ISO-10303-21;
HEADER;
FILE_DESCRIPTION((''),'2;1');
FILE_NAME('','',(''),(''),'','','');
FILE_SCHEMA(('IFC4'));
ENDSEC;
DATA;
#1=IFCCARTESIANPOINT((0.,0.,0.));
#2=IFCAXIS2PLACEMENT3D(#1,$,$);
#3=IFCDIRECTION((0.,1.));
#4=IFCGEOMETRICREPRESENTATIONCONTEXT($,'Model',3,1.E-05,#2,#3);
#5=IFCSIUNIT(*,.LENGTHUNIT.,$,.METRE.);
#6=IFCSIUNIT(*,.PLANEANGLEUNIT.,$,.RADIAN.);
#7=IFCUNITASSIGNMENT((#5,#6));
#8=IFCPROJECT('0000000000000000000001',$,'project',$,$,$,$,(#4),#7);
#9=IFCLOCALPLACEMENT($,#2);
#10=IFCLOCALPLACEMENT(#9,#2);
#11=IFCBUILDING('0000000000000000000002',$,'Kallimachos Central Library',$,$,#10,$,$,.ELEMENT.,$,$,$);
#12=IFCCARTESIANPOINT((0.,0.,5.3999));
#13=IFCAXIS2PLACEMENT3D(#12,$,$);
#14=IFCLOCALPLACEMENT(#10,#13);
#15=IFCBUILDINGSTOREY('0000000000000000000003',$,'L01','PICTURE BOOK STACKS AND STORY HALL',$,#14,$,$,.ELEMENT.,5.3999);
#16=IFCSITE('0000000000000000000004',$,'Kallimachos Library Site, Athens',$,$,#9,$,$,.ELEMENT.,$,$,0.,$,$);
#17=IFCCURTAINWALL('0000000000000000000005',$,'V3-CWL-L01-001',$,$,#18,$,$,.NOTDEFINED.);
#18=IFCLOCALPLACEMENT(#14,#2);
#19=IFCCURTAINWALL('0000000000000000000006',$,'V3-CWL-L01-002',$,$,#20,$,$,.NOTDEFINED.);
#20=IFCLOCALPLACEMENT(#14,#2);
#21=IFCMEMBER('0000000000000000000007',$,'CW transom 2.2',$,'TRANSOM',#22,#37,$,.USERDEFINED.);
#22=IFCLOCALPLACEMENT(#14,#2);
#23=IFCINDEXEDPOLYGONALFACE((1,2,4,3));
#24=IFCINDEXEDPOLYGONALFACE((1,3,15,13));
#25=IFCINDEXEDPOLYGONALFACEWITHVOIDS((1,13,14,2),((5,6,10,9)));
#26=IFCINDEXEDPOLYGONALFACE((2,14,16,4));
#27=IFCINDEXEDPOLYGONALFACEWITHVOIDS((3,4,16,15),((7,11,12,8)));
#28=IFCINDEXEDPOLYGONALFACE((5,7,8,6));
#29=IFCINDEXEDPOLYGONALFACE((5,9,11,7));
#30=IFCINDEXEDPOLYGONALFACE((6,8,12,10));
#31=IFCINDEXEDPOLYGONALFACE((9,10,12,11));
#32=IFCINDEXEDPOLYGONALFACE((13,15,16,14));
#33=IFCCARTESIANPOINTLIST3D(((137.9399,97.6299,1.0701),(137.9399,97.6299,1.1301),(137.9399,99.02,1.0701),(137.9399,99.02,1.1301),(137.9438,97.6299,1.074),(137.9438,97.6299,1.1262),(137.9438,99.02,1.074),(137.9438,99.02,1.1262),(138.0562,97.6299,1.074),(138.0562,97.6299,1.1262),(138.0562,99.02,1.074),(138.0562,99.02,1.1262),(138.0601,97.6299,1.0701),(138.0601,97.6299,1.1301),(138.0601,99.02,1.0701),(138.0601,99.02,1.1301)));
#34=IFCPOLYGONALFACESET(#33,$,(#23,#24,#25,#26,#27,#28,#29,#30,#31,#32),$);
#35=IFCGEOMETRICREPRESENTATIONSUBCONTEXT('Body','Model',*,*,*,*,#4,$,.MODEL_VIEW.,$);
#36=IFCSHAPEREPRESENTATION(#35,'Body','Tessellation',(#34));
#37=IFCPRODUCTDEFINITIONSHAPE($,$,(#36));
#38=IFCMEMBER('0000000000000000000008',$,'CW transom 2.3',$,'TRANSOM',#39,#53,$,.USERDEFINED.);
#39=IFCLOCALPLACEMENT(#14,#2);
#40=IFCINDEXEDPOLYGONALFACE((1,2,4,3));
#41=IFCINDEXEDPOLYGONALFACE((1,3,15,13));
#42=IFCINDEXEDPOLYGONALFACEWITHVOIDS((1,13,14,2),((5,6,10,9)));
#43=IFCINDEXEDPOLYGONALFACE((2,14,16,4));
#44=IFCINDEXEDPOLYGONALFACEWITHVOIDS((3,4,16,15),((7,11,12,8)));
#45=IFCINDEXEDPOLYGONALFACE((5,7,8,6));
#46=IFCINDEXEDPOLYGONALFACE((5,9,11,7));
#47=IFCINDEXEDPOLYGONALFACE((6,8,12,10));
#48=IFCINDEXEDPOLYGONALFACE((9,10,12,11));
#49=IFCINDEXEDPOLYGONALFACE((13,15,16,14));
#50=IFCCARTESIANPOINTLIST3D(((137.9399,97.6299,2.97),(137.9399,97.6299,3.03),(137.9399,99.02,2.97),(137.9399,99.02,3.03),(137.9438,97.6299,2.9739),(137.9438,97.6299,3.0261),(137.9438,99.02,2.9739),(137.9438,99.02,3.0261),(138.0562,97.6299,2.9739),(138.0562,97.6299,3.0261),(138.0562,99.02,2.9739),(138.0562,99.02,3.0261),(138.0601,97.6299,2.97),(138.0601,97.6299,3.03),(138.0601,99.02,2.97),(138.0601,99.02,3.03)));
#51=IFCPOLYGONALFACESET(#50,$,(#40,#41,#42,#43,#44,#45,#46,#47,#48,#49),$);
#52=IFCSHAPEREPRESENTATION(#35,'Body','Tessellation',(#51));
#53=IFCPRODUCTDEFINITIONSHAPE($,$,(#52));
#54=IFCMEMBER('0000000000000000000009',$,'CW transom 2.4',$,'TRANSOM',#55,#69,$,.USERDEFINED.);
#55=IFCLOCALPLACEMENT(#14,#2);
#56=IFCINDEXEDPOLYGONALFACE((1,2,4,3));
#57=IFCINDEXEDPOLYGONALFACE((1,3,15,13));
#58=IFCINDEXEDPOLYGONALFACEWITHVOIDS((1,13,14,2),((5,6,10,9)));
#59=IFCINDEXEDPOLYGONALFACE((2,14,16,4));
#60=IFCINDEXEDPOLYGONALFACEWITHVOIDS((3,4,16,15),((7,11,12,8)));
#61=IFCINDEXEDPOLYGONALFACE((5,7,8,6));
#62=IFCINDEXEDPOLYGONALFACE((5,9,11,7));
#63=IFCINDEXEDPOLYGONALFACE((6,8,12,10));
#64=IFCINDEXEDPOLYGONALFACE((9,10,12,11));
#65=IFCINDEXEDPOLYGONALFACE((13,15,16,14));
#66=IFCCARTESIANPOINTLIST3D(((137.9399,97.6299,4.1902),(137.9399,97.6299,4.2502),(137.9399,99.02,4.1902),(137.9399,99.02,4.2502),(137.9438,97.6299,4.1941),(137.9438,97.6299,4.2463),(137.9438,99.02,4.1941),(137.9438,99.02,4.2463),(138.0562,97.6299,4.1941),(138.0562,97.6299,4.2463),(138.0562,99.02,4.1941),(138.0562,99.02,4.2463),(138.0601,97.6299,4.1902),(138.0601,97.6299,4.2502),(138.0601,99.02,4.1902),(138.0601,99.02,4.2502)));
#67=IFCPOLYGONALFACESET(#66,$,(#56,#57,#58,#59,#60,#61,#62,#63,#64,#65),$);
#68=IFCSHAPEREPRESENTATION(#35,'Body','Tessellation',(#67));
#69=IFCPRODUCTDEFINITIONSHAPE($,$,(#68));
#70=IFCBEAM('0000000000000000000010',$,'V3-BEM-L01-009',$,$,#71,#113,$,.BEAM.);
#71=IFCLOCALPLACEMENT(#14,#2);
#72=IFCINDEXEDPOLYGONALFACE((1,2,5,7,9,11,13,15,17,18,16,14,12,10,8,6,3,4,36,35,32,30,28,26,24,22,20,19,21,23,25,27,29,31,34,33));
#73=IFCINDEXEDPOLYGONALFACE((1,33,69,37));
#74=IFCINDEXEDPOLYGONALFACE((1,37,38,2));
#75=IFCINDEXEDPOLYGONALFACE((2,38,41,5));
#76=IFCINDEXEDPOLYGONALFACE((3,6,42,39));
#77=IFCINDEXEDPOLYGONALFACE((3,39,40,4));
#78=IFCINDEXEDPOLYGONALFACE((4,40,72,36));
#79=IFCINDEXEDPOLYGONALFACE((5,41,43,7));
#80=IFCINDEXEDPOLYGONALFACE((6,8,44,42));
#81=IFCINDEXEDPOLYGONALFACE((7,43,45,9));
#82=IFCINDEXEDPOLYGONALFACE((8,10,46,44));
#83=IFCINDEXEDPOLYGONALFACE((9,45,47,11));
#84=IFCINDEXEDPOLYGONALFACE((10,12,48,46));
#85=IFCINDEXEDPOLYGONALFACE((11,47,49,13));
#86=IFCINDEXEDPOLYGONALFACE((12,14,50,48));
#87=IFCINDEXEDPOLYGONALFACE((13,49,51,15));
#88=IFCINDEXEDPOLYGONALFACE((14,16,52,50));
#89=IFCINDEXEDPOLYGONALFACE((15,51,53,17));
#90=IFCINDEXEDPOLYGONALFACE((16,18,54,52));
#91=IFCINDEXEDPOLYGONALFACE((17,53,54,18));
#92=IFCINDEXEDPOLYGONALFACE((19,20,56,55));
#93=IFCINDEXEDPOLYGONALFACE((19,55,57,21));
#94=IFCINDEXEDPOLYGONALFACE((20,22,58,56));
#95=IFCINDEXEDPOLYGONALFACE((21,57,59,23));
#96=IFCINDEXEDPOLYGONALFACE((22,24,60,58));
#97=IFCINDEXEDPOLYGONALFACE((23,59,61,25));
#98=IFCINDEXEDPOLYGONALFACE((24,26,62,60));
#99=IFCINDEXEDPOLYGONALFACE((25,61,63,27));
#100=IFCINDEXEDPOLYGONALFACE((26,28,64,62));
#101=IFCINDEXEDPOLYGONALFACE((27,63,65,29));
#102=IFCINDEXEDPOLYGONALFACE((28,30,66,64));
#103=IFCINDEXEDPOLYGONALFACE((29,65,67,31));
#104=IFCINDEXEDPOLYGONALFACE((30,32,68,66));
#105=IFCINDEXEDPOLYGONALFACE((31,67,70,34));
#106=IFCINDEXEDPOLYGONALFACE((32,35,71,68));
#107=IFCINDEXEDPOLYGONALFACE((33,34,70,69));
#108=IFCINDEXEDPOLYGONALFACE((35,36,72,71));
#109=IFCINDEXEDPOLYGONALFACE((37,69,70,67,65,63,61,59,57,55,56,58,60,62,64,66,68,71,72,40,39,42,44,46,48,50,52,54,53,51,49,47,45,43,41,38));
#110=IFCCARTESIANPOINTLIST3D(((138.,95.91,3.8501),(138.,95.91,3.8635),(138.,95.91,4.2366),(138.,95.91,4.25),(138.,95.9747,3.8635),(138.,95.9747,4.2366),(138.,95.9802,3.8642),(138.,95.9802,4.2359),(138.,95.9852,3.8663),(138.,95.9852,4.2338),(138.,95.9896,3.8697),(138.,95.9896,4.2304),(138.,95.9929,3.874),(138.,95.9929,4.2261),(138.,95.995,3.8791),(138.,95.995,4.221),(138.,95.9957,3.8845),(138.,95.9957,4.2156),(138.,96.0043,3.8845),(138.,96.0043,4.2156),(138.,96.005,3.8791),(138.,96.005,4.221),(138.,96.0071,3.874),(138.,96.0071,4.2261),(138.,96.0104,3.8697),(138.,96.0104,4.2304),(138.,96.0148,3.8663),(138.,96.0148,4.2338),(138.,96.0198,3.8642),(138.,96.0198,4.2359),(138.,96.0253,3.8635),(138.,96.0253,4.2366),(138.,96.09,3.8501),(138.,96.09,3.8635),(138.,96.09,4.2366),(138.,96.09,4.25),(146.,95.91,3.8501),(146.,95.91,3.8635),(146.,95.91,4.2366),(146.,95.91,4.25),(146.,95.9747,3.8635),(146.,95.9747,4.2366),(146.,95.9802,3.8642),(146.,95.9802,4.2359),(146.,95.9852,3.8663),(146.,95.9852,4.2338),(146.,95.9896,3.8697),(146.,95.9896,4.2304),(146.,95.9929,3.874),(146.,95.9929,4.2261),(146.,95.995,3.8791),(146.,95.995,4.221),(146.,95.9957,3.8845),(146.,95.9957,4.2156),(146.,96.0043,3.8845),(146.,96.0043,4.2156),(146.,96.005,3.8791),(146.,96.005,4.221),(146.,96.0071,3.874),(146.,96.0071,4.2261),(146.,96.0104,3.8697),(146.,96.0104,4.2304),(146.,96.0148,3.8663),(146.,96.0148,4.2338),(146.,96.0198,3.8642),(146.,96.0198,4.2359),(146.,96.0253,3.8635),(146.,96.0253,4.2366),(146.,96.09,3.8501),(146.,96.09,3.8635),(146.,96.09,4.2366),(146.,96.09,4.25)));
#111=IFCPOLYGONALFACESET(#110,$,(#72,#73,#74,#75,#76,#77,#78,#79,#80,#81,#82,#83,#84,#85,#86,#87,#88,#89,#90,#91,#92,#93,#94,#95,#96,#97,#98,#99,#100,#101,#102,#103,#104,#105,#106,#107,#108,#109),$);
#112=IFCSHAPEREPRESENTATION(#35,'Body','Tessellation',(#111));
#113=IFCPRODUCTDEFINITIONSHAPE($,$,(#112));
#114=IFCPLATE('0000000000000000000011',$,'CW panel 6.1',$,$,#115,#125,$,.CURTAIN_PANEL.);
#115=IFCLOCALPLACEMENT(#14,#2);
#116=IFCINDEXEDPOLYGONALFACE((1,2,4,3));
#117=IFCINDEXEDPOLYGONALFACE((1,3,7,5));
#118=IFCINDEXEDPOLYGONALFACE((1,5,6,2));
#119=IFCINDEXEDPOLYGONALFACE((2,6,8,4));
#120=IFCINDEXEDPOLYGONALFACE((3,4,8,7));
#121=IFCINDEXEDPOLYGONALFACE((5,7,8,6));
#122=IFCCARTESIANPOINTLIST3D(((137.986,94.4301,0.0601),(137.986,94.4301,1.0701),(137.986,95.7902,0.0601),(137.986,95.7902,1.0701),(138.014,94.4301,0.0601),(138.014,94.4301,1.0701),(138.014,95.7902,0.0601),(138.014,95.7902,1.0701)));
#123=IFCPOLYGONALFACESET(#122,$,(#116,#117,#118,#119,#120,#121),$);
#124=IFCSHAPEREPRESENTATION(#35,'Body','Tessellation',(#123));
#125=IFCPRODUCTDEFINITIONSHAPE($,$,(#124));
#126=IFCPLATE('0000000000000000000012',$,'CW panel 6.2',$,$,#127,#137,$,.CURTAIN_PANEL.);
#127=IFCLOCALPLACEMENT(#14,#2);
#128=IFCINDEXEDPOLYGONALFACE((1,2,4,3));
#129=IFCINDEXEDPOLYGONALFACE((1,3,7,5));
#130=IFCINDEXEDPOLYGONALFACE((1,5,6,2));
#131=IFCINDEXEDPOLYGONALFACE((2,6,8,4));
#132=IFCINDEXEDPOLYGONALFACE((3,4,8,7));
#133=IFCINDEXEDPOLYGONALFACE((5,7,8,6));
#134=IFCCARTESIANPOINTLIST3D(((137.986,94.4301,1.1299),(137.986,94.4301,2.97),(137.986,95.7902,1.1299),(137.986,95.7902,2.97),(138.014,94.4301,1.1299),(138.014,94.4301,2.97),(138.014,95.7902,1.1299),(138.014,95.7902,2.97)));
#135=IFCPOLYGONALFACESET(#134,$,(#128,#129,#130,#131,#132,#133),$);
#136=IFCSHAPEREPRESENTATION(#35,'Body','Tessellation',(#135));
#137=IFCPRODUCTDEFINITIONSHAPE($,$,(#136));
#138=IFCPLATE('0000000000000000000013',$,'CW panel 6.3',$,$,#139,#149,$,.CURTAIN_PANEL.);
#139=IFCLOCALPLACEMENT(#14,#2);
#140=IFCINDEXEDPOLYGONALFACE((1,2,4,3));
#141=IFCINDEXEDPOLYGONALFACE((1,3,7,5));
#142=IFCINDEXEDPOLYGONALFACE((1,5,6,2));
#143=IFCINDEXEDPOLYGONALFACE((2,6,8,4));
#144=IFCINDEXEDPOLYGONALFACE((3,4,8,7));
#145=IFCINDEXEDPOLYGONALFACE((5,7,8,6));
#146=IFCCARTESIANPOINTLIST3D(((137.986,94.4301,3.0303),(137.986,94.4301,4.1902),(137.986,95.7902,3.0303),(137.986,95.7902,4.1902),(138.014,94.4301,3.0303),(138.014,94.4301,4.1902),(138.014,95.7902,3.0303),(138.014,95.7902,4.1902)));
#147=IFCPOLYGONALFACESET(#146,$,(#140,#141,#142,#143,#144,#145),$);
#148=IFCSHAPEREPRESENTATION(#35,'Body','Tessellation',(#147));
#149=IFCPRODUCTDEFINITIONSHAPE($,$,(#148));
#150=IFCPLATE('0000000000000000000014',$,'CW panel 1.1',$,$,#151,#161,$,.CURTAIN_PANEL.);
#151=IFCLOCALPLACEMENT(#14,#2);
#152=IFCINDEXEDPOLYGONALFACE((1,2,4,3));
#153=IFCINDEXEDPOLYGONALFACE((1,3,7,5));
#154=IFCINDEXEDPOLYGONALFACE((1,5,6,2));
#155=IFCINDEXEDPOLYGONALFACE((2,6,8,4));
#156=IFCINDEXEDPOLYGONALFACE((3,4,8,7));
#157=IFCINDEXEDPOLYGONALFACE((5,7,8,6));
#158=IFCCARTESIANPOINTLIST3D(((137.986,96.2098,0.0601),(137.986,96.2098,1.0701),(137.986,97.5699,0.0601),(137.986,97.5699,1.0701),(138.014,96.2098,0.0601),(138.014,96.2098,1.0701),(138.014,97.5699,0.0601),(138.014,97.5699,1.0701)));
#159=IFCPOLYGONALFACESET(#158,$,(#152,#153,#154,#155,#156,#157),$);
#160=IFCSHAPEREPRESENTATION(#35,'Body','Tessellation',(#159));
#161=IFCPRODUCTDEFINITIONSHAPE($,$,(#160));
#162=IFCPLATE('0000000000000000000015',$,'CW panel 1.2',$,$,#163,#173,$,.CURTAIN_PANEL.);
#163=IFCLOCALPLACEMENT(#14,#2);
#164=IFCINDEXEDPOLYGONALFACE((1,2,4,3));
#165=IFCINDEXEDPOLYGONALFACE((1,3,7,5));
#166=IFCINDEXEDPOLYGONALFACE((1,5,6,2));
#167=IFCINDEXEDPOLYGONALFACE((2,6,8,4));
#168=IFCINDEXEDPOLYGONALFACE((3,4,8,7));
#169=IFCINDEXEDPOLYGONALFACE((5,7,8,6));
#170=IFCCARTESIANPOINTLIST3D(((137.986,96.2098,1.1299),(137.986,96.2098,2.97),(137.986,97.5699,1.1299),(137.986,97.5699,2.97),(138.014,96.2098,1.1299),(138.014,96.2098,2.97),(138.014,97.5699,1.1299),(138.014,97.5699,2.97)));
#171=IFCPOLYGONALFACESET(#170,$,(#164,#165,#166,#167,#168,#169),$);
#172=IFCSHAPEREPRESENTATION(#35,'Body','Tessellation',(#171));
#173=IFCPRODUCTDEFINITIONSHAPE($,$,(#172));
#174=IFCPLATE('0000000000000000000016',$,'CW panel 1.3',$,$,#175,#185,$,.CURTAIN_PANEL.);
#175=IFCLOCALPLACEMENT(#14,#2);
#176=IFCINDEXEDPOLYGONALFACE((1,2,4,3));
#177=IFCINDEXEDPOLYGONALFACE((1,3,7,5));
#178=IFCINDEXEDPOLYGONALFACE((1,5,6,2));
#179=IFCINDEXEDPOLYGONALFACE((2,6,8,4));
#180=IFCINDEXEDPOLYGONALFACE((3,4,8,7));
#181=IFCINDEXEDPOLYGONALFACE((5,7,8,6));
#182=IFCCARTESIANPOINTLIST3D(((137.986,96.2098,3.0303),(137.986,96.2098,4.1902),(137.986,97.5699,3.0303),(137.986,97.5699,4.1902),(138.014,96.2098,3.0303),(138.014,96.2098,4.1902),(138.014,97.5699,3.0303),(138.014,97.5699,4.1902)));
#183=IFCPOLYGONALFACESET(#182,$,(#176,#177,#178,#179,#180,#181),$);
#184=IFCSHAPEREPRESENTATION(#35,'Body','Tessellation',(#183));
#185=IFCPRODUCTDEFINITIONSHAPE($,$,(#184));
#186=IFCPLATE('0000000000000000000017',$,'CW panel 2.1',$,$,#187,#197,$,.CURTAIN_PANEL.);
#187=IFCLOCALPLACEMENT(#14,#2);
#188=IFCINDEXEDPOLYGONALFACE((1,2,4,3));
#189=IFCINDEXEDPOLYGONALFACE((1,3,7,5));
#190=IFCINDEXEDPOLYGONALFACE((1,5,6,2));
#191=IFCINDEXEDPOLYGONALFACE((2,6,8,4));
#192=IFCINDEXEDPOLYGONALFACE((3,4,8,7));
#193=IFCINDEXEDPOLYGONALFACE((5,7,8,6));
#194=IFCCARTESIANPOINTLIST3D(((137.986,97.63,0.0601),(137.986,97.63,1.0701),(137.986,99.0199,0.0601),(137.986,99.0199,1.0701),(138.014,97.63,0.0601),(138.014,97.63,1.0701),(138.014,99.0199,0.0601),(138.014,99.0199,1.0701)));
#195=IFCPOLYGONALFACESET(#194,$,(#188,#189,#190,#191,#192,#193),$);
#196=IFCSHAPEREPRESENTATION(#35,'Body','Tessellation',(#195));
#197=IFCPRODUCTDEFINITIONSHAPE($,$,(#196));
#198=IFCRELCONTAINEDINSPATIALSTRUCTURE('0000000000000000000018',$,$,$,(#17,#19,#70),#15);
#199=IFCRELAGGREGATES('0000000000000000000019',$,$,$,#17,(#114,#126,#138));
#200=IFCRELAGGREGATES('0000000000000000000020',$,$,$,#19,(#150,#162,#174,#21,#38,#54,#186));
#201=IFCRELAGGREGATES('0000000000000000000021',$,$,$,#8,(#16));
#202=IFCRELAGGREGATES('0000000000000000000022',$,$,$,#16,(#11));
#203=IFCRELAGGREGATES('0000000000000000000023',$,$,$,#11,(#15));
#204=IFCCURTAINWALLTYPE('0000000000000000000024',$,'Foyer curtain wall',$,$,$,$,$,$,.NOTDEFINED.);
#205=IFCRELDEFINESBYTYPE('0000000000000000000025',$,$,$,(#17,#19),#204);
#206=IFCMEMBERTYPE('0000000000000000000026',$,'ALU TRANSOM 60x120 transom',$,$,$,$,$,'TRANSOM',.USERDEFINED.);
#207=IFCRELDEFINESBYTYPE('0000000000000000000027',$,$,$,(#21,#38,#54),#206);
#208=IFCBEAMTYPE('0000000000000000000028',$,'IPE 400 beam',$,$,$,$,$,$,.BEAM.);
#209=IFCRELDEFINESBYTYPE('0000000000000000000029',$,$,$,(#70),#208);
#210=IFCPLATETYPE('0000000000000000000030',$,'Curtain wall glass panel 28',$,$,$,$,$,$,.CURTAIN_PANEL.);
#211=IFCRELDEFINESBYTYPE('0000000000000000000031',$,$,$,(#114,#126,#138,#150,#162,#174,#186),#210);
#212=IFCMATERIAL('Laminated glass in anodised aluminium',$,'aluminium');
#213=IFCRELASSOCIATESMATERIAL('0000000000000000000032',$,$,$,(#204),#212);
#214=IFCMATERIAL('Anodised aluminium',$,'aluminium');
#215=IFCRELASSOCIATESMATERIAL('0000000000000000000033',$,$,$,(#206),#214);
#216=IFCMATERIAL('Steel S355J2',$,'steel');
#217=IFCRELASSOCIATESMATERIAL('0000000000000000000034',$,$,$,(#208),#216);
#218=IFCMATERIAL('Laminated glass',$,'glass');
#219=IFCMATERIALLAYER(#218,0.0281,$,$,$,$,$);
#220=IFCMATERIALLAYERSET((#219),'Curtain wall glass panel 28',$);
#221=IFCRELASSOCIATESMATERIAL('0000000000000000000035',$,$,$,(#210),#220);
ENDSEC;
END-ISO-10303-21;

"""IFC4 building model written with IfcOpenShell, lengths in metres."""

from ifc_helpers import new_model, si_unit, direction, frame, origin, origin_2d, place, context, subcontext, project, spatial, rectangle, hollow_rectangle, i_section, extrude, material, layer, layer_set, material_profile, profile_set, type_object, element, aggregate, save


model = new_model("IFC4")

# Units and contexts
model_context = context("Model", 3, precision=1e-05, world=origin(), true_north=direction((0.0, 1.0)))
body_context = subcontext(model_context, "Body", "Model", "MODEL_VIEW")
ifc_project = project(units=[si_unit("LENGTHUNIT", "METRE"), si_unit("PLANEANGLEUNIT", "RADIAN")], contexts=[model_context])

# Site, building, storey
site_placement = place(None, origin())
site = spatial("IfcSite", under=ifc_project, at=site_placement, Name="Kallimachos Library Site, Athens", CompositionType="ELEMENT", RefElevation=0.0)
building_placement = place(site_placement, origin())
building = spatial("IfcBuilding", under=site, at=building_placement, Name="Kallimachos Central Library", CompositionType="ELEMENT")
storey_placement = place(building_placement, frame((0.0, 0.0, 5.3999)))
storey = spatial("IfcBuildingStorey", under=building, at=storey_placement, Name="L01", Description="PICTURE BOOK STACKS AND STORY HALL", CompositionType="ELEMENT", Elevation=5.3999)

# Curtain wall
ifc_material_1 = material(Name="Laminated glass in anodised aluminium", Category="aluminium")
curtain_wall_type = type_object("IfcCurtainWallType", Name="Foyer curtain wall", PredefinedType="NOTDEFINED", material=ifc_material_1)
curtain_wall_1_placement = place(storey_placement, origin())
curtain_wall_1 = element("IfcCurtainWall", 1, at=curtain_wall_1_placement, inside=storey, type_object=curtain_wall_type, Name="V3-CWL-L01-001", PredefinedType="NOTDEFINED")

# Curtain wall, members
curtain_wall_2_placement = place(storey_placement, origin())
curtain_wall_2 = element("IfcCurtainWall", 2, at=curtain_wall_2_placement, inside=storey, type_object=curtain_wall_type, Name="V3-CWL-L01-002", PredefinedType="NOTDEFINED")
ifc_material_2 = material(Name="Anodised aluminium", Category="aluminium")
ifc_material_profile_1 = material_profile(ifc_material_2, hollow_rectangle(XDim=0.0601, YDim=0.1201, WallThickness=0.0039, at=origin_2d()), Name="ALU TRANSOM 60x120")
ifc_profile_set_1 = profile_set([ifc_material_profile_1], Name="Anodised aluminium")
member_type_1 = type_object("IfcMemberType", Name="ALU TRANSOM 60x120 transom", ElementType="TRANSOM", PredefinedType="USERDEFINED", material=ifc_profile_set_1)
member_1_placement = place(storey_placement, frame((138.0, 97.6299, 1.1001), z_axis=(0.0, 1.0, 0.0), x_axis=(0.0, 0.0, 1.0)))
member_1 = element("IfcMember", 3, at=member_1_placement, type_object=member_type_1, Name="CW transom 2.2", ObjectType="TRANSOM", PredefinedType="USERDEFINED", context=body_context, shape_type="SweptSolid", body=[
    extrude(hollow_rectangle(XDim=0.0601, YDim=0.1201, WallThickness=0.0039, at=origin_2d()), origin(), (0.0, 0.0, 1.0), 1.3901),
])
member_2_placement = place(storey_placement, frame((138.0, 97.6299, 3.0), z_axis=(0.0, 1.0, 0.0), x_axis=(0.0, 0.0, 1.0)))
member_2 = element("IfcMember", 4, at=member_2_placement, type_object=member_type_1, Name="CW transom 2.3", ObjectType="TRANSOM", PredefinedType="USERDEFINED", context=body_context, shape_type="SweptSolid", body=[
    extrude(hollow_rectangle(XDim=0.0601, YDim=0.1201, WallThickness=0.0039, at=origin_2d()), origin(), (0.0, 0.0, 1.0), 1.3901),
])
member_3_placement = place(storey_placement, frame((138.0, 97.6299, 4.2202), z_axis=(0.0, 1.0, 0.0), x_axis=(0.0, 0.0, 1.0)))
member_3 = element("IfcMember", 5, at=member_3_placement, type_object=member_type_1, Name="CW transom 2.4", ObjectType="TRANSOM", PredefinedType="USERDEFINED", context=body_context, shape_type="SweptSolid", body=[
    extrude(hollow_rectangle(XDim=0.0601, YDim=0.1201, WallThickness=0.0039, at=origin_2d()), origin(), (0.0, 0.0, 1.0), 1.3901),
])

# Beam
ifc_material_3 = material(Name="Steel S355J2", Category="steel")
ifc_material_profile_2 = material_profile(ifc_material_3, i_section(OverallWidth=0.1799, OverallDepth=0.3999, WebThickness=0.0085, FlangeThickness=0.0134, FilletRadius=0.021, at=origin_2d()), Name="IPE 400")
ifc_profile_set_2 = profile_set([ifc_material_profile_2], Name="Steel S355J2")
beam_type = type_object("IfcBeamType", Name="IPE 400 beam", PredefinedType="BEAM", material=ifc_profile_set_2)
beam_placement = place(storey_placement, frame((138.0, 96.0, 4.05), z_axis=(1.0, 0.0, 0.0), x_axis=(0.0, 1.0, 0.0)))
element("IfcBeam", 6, at=beam_placement, inside=storey, type_object=beam_type, Name="V3-BEM-L01-009", PredefinedType="BEAM", context=body_context, shape_type="SweptSolid", body=[
    extrude(i_section(OverallWidth=0.1799, OverallDepth=0.3999, WebThickness=0.0085, FlangeThickness=0.0134, FilletRadius=0.021, at=origin_2d()), origin(), (0.0, 0.0, 1.0), 8.0),
])

# Plates
ifc_material_4 = material(Name="Laminated glass", Category="glass")
ifc_layer = layer(ifc_material_4, 0.0281)
ifc_layer_set = layer_set([ifc_layer], Name="Curtain wall glass panel 28")
plate_type = type_object("IfcPlateType", Name="Curtain wall glass panel 28", PredefinedType="CURTAIN_PANEL", material=ifc_layer_set)
plate_1_placement = place(storey_placement, frame((138.0, 95.1101, 0.0601), z_axis=(0.0, 0.0, 1.0), x_axis=(0.0, 1.0, 0.0)))
plate_1 = element("IfcPlate", 7, at=plate_1_placement, type_object=plate_type, Name="CW panel 6.1", PredefinedType="CURTAIN_PANEL", context=body_context, shape_type="SweptSolid", body=[
    extrude(rectangle(XDim=1.3601, YDim=0.0281, at=origin_2d()), origin(), (0.0, 0.0, 1.0), 1.01),
])
plate_2_placement = place(storey_placement, frame((138.0, 95.1101, 1.1299), z_axis=(0.0, 0.0, 1.0), x_axis=(0.0, 1.0, 0.0)))
plate_2 = element("IfcPlate", 8, at=plate_2_placement, type_object=plate_type, Name="CW panel 6.2", PredefinedType="CURTAIN_PANEL", context=body_context, shape_type="SweptSolid", body=[
    extrude(rectangle(XDim=1.3601, YDim=0.0281, at=origin_2d()), origin(), (0.0, 0.0, 1.0), 1.8401),
])
plate_3_placement = place(storey_placement, frame((138.0, 95.1101, 3.0303), z_axis=(0.0, 0.0, 1.0), x_axis=(0.0, 1.0, 0.0)))
plate_3 = element("IfcPlate", 9, at=plate_3_placement, type_object=plate_type, Name="CW panel 6.3", PredefinedType="CURTAIN_PANEL", context=body_context, shape_type="SweptSolid", body=[
    extrude(rectangle(XDim=1.3601, YDim=0.0281, at=origin_2d()), origin(), (0.0, 0.0, 1.0), 1.1599),
])
aggregate(curtain_wall_1, [plate_1, plate_2, plate_3])
plate_4_placement = place(storey_placement, frame((138.0, 96.8899, 0.0601), z_axis=(0.0, 0.0, 1.0), x_axis=(0.0, 1.0, 0.0)))
plate_4 = element("IfcPlate", 10, at=plate_4_placement, type_object=plate_type, Name="CW panel 1.1", PredefinedType="CURTAIN_PANEL", context=body_context, shape_type="SweptSolid", body=[
    extrude(rectangle(XDim=1.3601, YDim=0.0281, at=origin_2d()), origin(), (0.0, 0.0, 1.0), 1.01),
])
plate_5_placement = place(storey_placement, frame((138.0, 96.8899, 1.1299), z_axis=(0.0, 0.0, 1.0), x_axis=(0.0, 1.0, 0.0)))
plate_5 = element("IfcPlate", 11, at=plate_5_placement, type_object=plate_type, Name="CW panel 1.2", PredefinedType="CURTAIN_PANEL", context=body_context, shape_type="SweptSolid", body=[
    extrude(rectangle(XDim=1.3601, YDim=0.0281, at=origin_2d()), origin(), (0.0, 0.0, 1.0), 1.8401),
])
plate_6_placement = place(storey_placement, frame((138.0, 96.8899, 3.0303), z_axis=(0.0, 0.0, 1.0), x_axis=(0.0, 1.0, 0.0)))
plate_6 = element("IfcPlate", 12, at=plate_6_placement, type_object=plate_type, Name="CW panel 1.3", PredefinedType="CURTAIN_PANEL", context=body_context, shape_type="SweptSolid", body=[
    extrude(rectangle(XDim=1.3601, YDim=0.0281, at=origin_2d()), origin(), (0.0, 0.0, 1.0), 1.1599),
])
plate_7_placement = place(storey_placement, frame((138.0, 98.325, 0.0601), z_axis=(0.0, 0.0, 1.0), x_axis=(0.0, 1.0, 0.0)))
plate_7 = element("IfcPlate", 13, at=plate_7_placement, type_object=plate_type, Name="CW panel 2.1", PredefinedType="CURTAIN_PANEL", context=body_context, shape_type="SweptSolid", body=[
    extrude(rectangle(XDim=1.3899, YDim=0.0281, at=origin_2d()), origin(), (0.0, 0.0, 1.0), 1.01),
])
aggregate(curtain_wall_2, [plate_4, plate_5, plate_6, member_1, member_2, member_3, plate_7])

save(model, "model.ifc")
